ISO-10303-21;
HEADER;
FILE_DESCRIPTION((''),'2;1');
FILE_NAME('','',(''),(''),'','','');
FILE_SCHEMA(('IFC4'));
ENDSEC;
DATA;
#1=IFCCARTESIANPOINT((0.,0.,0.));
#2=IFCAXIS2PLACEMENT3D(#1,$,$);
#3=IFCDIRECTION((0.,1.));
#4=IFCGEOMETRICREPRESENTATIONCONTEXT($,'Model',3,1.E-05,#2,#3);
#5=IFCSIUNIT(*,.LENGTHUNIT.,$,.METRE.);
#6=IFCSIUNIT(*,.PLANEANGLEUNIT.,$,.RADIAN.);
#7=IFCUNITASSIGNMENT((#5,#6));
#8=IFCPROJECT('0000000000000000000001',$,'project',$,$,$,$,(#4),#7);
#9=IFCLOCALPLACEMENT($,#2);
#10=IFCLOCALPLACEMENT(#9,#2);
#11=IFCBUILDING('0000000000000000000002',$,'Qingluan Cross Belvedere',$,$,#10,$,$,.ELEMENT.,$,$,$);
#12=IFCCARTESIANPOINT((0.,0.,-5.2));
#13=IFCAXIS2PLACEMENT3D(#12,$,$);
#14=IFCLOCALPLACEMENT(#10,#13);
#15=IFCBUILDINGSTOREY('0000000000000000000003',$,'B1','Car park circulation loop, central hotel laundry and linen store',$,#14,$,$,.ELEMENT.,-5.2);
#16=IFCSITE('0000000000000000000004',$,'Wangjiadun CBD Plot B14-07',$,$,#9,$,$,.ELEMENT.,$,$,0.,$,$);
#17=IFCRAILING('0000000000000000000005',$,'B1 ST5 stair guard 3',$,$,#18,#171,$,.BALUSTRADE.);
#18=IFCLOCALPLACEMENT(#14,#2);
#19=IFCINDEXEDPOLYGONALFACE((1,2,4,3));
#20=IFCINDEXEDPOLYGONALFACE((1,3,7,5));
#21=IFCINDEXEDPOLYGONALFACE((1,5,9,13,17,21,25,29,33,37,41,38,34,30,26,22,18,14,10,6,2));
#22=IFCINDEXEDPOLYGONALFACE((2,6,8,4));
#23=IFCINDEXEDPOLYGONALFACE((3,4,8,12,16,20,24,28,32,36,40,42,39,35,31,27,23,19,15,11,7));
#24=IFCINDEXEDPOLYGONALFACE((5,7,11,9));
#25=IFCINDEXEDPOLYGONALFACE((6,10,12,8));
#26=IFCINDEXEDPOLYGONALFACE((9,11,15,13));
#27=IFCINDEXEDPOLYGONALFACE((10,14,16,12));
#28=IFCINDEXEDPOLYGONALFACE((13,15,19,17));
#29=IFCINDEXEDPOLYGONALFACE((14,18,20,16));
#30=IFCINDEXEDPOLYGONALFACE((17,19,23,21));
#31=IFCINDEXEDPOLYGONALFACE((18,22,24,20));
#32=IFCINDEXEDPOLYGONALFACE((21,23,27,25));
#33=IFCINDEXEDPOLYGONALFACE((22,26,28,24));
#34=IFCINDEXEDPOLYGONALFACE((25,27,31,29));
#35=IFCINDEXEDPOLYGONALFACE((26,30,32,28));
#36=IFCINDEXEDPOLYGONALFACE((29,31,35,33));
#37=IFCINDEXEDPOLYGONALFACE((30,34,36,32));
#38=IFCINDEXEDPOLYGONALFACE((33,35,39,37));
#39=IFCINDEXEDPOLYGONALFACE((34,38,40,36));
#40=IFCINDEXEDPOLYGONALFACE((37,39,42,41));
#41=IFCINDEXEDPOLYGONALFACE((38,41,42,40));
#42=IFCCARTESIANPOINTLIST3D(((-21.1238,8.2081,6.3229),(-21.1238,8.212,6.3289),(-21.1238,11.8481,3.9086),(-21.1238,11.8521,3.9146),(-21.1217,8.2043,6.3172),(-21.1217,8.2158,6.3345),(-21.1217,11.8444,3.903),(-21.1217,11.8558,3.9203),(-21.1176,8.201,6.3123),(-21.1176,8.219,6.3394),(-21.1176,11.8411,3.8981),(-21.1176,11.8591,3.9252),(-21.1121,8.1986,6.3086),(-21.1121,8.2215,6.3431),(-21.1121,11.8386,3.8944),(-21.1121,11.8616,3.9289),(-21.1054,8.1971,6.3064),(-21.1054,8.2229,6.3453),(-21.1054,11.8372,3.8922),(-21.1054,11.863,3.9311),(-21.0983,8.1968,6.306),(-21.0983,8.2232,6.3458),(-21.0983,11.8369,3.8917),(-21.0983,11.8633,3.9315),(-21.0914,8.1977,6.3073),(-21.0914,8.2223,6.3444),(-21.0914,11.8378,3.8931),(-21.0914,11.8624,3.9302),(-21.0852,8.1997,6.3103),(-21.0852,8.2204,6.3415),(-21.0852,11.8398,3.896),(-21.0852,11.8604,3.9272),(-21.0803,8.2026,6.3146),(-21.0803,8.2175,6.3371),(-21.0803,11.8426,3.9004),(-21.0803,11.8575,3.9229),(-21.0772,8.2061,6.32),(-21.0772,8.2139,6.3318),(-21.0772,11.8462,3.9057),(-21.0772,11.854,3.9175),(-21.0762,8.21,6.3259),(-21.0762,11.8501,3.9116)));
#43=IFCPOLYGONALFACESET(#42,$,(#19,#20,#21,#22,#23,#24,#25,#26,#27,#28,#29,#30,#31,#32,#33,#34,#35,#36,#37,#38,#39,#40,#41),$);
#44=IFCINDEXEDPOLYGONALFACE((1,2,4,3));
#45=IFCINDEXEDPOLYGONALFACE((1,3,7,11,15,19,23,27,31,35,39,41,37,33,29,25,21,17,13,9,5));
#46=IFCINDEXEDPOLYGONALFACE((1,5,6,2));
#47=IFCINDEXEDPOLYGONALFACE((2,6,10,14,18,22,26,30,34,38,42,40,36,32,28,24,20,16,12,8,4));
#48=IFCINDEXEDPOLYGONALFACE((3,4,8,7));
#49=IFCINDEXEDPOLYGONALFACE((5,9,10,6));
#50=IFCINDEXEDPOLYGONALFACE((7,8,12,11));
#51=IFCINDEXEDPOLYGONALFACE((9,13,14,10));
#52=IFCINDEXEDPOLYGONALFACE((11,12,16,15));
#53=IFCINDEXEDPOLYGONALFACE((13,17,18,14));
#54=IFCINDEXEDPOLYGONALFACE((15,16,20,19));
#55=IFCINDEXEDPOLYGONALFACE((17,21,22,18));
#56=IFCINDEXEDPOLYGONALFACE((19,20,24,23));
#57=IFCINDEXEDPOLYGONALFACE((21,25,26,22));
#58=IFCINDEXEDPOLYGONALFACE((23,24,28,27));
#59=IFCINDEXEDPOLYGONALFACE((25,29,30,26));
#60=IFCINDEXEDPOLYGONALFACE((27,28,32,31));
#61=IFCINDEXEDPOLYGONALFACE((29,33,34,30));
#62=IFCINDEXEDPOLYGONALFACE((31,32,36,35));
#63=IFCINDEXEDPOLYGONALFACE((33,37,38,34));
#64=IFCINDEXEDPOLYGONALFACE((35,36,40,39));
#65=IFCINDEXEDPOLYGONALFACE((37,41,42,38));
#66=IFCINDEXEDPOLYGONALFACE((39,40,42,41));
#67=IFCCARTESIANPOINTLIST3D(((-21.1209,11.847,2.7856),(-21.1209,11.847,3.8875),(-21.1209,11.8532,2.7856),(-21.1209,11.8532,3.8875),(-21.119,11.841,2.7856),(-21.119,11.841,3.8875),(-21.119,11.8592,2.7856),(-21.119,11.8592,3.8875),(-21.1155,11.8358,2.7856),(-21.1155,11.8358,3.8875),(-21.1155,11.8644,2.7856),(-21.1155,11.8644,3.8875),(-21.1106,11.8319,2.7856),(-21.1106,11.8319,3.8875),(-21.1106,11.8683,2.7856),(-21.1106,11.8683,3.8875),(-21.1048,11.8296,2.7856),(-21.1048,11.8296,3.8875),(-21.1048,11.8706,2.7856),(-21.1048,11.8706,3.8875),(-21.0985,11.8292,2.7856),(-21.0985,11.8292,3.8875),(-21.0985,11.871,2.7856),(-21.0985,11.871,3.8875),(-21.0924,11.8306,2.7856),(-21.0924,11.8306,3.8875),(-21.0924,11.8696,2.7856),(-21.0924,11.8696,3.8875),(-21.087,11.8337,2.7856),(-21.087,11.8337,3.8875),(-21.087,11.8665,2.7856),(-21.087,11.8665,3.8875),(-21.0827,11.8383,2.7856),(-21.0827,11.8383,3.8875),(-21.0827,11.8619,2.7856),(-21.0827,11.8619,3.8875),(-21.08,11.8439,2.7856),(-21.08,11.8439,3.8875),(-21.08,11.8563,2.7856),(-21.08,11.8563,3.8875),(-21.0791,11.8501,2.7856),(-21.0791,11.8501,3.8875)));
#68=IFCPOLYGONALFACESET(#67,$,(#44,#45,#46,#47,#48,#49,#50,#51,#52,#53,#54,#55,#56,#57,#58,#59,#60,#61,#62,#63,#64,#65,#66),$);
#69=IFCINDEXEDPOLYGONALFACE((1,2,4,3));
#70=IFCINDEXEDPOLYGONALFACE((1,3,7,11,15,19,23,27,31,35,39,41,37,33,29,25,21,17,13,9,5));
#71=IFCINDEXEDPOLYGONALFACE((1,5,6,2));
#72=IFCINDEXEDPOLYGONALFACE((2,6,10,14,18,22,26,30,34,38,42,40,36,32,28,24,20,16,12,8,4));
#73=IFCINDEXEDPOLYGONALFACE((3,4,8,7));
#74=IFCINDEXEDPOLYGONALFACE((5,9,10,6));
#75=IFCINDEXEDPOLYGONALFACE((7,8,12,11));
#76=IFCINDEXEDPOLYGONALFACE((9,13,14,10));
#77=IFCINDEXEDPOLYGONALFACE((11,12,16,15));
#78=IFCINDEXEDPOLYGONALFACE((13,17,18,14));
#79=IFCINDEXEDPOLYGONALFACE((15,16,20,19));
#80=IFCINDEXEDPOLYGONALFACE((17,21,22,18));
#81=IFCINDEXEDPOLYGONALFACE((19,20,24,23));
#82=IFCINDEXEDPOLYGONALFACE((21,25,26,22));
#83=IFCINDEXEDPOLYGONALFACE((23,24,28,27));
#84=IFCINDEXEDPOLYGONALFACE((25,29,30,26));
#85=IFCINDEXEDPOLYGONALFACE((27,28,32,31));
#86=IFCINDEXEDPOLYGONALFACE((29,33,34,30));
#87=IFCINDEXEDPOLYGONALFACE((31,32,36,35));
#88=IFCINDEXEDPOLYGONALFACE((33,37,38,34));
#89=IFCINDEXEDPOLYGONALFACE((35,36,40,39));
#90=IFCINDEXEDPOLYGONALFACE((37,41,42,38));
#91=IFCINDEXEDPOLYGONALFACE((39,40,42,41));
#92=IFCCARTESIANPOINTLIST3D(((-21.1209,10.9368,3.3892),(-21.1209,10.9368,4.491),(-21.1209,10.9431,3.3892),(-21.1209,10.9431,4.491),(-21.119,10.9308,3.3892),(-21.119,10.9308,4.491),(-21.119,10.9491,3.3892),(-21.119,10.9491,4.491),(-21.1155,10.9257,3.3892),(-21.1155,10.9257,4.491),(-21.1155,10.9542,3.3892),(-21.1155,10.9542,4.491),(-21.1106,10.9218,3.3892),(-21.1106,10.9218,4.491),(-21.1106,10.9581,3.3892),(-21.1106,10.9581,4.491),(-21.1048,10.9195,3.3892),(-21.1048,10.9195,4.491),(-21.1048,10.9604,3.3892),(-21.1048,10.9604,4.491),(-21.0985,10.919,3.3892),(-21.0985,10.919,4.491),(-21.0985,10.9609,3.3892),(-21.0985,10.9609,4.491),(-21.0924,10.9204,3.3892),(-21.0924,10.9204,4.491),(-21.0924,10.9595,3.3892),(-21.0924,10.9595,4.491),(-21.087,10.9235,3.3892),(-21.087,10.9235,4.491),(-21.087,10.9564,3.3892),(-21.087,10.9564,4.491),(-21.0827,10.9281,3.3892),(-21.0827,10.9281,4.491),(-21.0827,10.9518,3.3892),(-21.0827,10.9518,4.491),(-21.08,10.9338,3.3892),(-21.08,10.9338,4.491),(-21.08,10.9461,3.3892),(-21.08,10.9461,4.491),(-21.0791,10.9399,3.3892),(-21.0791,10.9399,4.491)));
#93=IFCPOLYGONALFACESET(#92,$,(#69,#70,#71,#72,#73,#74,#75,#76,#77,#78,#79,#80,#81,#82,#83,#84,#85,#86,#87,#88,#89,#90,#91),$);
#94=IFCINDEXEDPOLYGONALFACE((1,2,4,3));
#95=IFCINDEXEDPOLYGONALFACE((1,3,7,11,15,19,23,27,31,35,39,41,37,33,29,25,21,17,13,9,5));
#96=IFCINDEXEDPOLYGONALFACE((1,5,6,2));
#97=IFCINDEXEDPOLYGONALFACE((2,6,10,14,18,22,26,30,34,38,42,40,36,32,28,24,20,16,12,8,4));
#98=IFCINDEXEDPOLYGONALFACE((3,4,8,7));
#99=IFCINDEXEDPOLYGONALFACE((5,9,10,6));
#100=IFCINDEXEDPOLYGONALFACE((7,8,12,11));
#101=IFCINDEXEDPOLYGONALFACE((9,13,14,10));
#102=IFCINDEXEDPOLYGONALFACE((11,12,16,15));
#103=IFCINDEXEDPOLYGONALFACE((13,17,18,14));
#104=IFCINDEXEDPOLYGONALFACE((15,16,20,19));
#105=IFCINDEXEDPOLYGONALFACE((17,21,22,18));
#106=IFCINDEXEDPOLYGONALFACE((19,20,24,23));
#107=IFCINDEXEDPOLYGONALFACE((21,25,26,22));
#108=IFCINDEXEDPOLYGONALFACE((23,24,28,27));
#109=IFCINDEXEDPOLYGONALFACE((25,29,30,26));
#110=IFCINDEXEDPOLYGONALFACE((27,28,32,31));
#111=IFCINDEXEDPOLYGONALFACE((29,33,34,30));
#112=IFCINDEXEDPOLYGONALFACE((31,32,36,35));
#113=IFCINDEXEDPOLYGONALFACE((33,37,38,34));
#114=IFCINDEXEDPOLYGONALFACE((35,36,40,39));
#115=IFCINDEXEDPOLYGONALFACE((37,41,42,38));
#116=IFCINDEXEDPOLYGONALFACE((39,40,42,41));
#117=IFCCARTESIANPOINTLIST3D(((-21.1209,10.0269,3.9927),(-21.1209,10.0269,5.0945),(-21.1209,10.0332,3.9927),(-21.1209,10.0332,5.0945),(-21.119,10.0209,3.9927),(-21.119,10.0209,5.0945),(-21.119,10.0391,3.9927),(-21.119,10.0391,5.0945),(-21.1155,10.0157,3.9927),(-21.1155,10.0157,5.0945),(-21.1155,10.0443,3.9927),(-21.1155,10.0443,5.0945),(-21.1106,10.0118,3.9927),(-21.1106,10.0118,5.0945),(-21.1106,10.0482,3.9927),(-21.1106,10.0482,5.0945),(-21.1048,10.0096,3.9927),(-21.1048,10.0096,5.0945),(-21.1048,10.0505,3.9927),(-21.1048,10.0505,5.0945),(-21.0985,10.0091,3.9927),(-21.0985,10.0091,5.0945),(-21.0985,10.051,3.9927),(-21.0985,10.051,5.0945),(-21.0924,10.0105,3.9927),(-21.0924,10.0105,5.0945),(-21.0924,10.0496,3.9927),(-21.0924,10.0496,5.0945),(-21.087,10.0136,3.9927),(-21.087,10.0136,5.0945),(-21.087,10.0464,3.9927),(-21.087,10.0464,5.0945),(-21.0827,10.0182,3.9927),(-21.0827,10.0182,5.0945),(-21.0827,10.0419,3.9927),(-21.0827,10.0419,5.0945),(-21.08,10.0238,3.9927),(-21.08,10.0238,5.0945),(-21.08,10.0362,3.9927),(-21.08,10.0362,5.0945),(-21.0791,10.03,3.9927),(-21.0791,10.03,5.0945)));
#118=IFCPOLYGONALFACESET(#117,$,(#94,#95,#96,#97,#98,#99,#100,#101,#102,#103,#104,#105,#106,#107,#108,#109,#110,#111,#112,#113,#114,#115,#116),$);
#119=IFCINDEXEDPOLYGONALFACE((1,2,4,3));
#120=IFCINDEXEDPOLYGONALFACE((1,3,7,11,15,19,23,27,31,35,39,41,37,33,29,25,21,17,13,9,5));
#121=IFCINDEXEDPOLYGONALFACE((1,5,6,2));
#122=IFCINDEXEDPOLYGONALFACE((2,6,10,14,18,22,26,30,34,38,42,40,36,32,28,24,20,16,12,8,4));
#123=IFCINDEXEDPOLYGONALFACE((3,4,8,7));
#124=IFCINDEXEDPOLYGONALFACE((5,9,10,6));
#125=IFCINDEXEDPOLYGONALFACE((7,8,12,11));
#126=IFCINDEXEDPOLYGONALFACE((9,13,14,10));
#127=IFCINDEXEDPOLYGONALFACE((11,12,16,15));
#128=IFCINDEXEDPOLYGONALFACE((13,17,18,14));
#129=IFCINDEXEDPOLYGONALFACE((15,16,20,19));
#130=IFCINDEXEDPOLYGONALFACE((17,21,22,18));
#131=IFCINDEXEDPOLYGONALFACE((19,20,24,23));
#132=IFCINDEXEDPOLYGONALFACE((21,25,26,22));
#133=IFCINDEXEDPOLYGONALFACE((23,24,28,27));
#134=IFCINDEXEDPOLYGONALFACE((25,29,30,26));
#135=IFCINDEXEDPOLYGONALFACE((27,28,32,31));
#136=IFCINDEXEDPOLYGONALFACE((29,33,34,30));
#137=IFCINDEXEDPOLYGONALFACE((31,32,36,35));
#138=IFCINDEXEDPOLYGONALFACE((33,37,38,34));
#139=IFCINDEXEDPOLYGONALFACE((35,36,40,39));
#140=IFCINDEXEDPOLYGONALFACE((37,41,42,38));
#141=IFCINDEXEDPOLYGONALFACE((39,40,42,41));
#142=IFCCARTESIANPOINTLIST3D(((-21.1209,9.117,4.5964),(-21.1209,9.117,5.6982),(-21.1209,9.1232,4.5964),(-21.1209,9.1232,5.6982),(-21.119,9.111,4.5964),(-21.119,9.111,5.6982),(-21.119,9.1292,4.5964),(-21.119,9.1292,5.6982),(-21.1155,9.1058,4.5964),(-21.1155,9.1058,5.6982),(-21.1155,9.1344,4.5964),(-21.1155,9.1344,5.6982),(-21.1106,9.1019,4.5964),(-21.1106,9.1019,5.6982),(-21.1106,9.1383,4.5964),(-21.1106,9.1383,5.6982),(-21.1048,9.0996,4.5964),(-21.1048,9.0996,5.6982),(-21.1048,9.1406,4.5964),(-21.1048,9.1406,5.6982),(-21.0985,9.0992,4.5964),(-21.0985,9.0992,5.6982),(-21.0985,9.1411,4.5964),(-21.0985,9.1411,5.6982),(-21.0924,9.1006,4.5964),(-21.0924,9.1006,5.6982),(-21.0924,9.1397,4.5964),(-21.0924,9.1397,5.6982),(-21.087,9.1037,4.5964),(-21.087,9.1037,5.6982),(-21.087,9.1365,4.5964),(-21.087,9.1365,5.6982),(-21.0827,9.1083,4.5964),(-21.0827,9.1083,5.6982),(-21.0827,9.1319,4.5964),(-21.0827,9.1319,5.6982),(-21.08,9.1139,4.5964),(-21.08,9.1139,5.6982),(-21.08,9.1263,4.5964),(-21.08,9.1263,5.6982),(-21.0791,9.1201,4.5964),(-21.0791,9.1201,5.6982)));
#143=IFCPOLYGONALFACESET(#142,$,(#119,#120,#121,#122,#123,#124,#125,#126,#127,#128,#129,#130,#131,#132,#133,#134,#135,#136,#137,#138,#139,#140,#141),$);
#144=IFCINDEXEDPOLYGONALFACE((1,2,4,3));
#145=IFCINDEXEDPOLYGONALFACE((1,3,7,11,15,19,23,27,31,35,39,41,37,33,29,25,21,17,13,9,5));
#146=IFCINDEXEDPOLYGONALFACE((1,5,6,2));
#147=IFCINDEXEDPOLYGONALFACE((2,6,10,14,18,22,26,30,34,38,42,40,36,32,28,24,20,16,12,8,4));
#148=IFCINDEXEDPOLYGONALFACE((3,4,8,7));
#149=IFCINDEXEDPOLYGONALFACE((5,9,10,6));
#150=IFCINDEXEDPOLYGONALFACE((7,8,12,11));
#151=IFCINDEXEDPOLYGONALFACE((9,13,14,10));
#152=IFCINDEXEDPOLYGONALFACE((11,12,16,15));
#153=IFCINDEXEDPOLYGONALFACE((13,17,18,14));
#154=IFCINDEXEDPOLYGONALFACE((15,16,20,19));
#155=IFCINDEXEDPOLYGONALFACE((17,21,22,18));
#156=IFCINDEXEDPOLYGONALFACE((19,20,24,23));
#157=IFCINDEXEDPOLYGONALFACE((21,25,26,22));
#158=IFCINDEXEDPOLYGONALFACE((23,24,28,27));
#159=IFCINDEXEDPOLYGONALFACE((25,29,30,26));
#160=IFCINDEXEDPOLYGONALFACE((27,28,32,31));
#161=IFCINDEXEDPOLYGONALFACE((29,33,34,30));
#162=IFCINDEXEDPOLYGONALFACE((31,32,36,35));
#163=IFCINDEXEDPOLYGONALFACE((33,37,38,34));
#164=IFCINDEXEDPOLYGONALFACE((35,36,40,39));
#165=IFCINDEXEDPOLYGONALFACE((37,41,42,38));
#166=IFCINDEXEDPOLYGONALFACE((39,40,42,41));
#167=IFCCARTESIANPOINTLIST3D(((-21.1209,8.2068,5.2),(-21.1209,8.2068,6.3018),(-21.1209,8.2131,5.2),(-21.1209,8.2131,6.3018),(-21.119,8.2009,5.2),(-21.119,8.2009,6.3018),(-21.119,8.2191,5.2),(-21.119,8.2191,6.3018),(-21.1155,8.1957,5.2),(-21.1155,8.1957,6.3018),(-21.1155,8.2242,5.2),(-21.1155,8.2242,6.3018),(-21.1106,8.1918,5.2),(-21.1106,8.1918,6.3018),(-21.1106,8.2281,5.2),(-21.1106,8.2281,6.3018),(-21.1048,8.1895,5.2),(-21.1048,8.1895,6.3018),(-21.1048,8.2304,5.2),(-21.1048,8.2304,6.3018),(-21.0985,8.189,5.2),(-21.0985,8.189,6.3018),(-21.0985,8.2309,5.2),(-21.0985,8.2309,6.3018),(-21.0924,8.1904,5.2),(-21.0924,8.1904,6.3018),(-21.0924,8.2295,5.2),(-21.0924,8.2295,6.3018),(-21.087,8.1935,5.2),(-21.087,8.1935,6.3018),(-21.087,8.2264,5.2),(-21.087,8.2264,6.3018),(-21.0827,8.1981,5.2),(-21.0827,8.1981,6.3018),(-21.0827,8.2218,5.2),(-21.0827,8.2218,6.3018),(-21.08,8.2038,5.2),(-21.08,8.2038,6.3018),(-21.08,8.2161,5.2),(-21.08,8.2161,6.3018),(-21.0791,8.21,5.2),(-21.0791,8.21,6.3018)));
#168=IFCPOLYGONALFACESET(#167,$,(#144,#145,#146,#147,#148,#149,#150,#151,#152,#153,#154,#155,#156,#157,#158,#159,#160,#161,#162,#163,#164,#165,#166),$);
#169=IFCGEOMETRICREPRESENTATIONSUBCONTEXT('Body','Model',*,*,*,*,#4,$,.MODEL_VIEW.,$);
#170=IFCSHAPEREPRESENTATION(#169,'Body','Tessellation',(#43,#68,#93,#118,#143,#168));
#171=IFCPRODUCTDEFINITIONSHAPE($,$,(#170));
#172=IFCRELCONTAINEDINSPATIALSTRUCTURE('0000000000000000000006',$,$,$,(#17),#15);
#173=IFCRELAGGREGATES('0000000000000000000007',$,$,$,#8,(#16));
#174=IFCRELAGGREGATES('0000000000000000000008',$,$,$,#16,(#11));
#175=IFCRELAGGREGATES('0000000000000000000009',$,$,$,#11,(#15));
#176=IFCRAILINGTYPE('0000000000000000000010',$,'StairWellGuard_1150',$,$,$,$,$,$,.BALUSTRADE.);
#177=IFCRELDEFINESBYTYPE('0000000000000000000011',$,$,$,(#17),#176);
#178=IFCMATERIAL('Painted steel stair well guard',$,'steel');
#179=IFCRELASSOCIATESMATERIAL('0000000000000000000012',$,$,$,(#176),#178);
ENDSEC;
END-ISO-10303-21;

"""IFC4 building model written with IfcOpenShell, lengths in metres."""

from ifc_helpers import new_model, si_unit, direction, frame, origin, origin_2d, place, context, subcontext, project, spatial, circle, extrude, material, type_object, element, save


model = new_model("IFC4")

# Units and contexts
model_context = context("Model", 3, precision=1e-05, world=origin(), true_north=direction((0.0, 1.0)))
body_context = subcontext(model_context, "Body", "Model", "MODEL_VIEW")
ifc_project = project(units=[si_unit("LENGTHUNIT", "METRE"), si_unit("PLANEANGLEUNIT", "RADIAN")], contexts=[model_context])

# Site, building, storey
site_placement = place(None, origin())
site = spatial("IfcSite", under=ifc_project, at=site_placement, Name="Wangjiadun CBD Plot B14-07", CompositionType="ELEMENT", RefElevation=0.0)
building_placement = place(site_placement, origin())
building = spatial("IfcBuilding", under=site, at=building_placement, Name="Qingluan Cross Belvedere", CompositionType="ELEMENT")
storey_placement = place(building_placement, frame((0.0, 0.0, -5.2)))
storey = spatial("IfcBuildingStorey", under=building, at=storey_placement, Name="B1", Description="Car park circulation loop, central hotel laundry and linen store", CompositionType="ELEMENT", Elevation=-5.2)

# Railing
ifc_material_1 = material(Name="Painted steel stair well guard", Category="steel")
railing_type_1 = type_object("IfcRailingType", Name="StairWellGuard_1150", PredefinedType="BALUSTRADE", material=ifc_material_1)
railing_1_placement = place(storey_placement, frame((-21.1001, 11.8501, 2.7856)))
element("IfcRailing", 1, at=railing_1_placement, inside=storey, type_object=railing_type_1, Name="B1 ST5 stair guard 3", PredefinedType="BALUSTRADE", context=body_context, shape_type="SweptSolid", body=[
    extrude(circle(Radius=0.0239, at=origin_2d()), frame((0.0, 0.0, 1.126), z_axis=(0.0, -0.833364, 0.552725), x_axis=(1.0, 0.0, 0.0)), (0.0, 0.0, 1.0), 4.3679),
    extrude(circle(Radius=0.021, at=origin_2d()), origin(), (0.0, 0.0, 1.0), 1.1018),
    extrude(circle(Radius=0.021, at=origin_2d()), frame((0.0, -0.9102, 0.6035)), (0.0, 0.0, 1.0), 1.1018),
    extrude(circle(Radius=0.021, at=origin_2d()), frame((0.0, -1.8201, 1.207)), (0.0, 0.0, 1.0), 1.1018),
    extrude(circle(Radius=0.021, at=origin_2d()), frame((0.0, -2.73, 1.8108)), (0.0, 0.0, 1.0), 1.1018),
    extrude(circle(Radius=0.021, at=origin_2d()), frame((0.0, -3.6401, 2.4143)), (0.0, 0.0, 1.0), 1.1018),
])

save(model, "model.ifc")
